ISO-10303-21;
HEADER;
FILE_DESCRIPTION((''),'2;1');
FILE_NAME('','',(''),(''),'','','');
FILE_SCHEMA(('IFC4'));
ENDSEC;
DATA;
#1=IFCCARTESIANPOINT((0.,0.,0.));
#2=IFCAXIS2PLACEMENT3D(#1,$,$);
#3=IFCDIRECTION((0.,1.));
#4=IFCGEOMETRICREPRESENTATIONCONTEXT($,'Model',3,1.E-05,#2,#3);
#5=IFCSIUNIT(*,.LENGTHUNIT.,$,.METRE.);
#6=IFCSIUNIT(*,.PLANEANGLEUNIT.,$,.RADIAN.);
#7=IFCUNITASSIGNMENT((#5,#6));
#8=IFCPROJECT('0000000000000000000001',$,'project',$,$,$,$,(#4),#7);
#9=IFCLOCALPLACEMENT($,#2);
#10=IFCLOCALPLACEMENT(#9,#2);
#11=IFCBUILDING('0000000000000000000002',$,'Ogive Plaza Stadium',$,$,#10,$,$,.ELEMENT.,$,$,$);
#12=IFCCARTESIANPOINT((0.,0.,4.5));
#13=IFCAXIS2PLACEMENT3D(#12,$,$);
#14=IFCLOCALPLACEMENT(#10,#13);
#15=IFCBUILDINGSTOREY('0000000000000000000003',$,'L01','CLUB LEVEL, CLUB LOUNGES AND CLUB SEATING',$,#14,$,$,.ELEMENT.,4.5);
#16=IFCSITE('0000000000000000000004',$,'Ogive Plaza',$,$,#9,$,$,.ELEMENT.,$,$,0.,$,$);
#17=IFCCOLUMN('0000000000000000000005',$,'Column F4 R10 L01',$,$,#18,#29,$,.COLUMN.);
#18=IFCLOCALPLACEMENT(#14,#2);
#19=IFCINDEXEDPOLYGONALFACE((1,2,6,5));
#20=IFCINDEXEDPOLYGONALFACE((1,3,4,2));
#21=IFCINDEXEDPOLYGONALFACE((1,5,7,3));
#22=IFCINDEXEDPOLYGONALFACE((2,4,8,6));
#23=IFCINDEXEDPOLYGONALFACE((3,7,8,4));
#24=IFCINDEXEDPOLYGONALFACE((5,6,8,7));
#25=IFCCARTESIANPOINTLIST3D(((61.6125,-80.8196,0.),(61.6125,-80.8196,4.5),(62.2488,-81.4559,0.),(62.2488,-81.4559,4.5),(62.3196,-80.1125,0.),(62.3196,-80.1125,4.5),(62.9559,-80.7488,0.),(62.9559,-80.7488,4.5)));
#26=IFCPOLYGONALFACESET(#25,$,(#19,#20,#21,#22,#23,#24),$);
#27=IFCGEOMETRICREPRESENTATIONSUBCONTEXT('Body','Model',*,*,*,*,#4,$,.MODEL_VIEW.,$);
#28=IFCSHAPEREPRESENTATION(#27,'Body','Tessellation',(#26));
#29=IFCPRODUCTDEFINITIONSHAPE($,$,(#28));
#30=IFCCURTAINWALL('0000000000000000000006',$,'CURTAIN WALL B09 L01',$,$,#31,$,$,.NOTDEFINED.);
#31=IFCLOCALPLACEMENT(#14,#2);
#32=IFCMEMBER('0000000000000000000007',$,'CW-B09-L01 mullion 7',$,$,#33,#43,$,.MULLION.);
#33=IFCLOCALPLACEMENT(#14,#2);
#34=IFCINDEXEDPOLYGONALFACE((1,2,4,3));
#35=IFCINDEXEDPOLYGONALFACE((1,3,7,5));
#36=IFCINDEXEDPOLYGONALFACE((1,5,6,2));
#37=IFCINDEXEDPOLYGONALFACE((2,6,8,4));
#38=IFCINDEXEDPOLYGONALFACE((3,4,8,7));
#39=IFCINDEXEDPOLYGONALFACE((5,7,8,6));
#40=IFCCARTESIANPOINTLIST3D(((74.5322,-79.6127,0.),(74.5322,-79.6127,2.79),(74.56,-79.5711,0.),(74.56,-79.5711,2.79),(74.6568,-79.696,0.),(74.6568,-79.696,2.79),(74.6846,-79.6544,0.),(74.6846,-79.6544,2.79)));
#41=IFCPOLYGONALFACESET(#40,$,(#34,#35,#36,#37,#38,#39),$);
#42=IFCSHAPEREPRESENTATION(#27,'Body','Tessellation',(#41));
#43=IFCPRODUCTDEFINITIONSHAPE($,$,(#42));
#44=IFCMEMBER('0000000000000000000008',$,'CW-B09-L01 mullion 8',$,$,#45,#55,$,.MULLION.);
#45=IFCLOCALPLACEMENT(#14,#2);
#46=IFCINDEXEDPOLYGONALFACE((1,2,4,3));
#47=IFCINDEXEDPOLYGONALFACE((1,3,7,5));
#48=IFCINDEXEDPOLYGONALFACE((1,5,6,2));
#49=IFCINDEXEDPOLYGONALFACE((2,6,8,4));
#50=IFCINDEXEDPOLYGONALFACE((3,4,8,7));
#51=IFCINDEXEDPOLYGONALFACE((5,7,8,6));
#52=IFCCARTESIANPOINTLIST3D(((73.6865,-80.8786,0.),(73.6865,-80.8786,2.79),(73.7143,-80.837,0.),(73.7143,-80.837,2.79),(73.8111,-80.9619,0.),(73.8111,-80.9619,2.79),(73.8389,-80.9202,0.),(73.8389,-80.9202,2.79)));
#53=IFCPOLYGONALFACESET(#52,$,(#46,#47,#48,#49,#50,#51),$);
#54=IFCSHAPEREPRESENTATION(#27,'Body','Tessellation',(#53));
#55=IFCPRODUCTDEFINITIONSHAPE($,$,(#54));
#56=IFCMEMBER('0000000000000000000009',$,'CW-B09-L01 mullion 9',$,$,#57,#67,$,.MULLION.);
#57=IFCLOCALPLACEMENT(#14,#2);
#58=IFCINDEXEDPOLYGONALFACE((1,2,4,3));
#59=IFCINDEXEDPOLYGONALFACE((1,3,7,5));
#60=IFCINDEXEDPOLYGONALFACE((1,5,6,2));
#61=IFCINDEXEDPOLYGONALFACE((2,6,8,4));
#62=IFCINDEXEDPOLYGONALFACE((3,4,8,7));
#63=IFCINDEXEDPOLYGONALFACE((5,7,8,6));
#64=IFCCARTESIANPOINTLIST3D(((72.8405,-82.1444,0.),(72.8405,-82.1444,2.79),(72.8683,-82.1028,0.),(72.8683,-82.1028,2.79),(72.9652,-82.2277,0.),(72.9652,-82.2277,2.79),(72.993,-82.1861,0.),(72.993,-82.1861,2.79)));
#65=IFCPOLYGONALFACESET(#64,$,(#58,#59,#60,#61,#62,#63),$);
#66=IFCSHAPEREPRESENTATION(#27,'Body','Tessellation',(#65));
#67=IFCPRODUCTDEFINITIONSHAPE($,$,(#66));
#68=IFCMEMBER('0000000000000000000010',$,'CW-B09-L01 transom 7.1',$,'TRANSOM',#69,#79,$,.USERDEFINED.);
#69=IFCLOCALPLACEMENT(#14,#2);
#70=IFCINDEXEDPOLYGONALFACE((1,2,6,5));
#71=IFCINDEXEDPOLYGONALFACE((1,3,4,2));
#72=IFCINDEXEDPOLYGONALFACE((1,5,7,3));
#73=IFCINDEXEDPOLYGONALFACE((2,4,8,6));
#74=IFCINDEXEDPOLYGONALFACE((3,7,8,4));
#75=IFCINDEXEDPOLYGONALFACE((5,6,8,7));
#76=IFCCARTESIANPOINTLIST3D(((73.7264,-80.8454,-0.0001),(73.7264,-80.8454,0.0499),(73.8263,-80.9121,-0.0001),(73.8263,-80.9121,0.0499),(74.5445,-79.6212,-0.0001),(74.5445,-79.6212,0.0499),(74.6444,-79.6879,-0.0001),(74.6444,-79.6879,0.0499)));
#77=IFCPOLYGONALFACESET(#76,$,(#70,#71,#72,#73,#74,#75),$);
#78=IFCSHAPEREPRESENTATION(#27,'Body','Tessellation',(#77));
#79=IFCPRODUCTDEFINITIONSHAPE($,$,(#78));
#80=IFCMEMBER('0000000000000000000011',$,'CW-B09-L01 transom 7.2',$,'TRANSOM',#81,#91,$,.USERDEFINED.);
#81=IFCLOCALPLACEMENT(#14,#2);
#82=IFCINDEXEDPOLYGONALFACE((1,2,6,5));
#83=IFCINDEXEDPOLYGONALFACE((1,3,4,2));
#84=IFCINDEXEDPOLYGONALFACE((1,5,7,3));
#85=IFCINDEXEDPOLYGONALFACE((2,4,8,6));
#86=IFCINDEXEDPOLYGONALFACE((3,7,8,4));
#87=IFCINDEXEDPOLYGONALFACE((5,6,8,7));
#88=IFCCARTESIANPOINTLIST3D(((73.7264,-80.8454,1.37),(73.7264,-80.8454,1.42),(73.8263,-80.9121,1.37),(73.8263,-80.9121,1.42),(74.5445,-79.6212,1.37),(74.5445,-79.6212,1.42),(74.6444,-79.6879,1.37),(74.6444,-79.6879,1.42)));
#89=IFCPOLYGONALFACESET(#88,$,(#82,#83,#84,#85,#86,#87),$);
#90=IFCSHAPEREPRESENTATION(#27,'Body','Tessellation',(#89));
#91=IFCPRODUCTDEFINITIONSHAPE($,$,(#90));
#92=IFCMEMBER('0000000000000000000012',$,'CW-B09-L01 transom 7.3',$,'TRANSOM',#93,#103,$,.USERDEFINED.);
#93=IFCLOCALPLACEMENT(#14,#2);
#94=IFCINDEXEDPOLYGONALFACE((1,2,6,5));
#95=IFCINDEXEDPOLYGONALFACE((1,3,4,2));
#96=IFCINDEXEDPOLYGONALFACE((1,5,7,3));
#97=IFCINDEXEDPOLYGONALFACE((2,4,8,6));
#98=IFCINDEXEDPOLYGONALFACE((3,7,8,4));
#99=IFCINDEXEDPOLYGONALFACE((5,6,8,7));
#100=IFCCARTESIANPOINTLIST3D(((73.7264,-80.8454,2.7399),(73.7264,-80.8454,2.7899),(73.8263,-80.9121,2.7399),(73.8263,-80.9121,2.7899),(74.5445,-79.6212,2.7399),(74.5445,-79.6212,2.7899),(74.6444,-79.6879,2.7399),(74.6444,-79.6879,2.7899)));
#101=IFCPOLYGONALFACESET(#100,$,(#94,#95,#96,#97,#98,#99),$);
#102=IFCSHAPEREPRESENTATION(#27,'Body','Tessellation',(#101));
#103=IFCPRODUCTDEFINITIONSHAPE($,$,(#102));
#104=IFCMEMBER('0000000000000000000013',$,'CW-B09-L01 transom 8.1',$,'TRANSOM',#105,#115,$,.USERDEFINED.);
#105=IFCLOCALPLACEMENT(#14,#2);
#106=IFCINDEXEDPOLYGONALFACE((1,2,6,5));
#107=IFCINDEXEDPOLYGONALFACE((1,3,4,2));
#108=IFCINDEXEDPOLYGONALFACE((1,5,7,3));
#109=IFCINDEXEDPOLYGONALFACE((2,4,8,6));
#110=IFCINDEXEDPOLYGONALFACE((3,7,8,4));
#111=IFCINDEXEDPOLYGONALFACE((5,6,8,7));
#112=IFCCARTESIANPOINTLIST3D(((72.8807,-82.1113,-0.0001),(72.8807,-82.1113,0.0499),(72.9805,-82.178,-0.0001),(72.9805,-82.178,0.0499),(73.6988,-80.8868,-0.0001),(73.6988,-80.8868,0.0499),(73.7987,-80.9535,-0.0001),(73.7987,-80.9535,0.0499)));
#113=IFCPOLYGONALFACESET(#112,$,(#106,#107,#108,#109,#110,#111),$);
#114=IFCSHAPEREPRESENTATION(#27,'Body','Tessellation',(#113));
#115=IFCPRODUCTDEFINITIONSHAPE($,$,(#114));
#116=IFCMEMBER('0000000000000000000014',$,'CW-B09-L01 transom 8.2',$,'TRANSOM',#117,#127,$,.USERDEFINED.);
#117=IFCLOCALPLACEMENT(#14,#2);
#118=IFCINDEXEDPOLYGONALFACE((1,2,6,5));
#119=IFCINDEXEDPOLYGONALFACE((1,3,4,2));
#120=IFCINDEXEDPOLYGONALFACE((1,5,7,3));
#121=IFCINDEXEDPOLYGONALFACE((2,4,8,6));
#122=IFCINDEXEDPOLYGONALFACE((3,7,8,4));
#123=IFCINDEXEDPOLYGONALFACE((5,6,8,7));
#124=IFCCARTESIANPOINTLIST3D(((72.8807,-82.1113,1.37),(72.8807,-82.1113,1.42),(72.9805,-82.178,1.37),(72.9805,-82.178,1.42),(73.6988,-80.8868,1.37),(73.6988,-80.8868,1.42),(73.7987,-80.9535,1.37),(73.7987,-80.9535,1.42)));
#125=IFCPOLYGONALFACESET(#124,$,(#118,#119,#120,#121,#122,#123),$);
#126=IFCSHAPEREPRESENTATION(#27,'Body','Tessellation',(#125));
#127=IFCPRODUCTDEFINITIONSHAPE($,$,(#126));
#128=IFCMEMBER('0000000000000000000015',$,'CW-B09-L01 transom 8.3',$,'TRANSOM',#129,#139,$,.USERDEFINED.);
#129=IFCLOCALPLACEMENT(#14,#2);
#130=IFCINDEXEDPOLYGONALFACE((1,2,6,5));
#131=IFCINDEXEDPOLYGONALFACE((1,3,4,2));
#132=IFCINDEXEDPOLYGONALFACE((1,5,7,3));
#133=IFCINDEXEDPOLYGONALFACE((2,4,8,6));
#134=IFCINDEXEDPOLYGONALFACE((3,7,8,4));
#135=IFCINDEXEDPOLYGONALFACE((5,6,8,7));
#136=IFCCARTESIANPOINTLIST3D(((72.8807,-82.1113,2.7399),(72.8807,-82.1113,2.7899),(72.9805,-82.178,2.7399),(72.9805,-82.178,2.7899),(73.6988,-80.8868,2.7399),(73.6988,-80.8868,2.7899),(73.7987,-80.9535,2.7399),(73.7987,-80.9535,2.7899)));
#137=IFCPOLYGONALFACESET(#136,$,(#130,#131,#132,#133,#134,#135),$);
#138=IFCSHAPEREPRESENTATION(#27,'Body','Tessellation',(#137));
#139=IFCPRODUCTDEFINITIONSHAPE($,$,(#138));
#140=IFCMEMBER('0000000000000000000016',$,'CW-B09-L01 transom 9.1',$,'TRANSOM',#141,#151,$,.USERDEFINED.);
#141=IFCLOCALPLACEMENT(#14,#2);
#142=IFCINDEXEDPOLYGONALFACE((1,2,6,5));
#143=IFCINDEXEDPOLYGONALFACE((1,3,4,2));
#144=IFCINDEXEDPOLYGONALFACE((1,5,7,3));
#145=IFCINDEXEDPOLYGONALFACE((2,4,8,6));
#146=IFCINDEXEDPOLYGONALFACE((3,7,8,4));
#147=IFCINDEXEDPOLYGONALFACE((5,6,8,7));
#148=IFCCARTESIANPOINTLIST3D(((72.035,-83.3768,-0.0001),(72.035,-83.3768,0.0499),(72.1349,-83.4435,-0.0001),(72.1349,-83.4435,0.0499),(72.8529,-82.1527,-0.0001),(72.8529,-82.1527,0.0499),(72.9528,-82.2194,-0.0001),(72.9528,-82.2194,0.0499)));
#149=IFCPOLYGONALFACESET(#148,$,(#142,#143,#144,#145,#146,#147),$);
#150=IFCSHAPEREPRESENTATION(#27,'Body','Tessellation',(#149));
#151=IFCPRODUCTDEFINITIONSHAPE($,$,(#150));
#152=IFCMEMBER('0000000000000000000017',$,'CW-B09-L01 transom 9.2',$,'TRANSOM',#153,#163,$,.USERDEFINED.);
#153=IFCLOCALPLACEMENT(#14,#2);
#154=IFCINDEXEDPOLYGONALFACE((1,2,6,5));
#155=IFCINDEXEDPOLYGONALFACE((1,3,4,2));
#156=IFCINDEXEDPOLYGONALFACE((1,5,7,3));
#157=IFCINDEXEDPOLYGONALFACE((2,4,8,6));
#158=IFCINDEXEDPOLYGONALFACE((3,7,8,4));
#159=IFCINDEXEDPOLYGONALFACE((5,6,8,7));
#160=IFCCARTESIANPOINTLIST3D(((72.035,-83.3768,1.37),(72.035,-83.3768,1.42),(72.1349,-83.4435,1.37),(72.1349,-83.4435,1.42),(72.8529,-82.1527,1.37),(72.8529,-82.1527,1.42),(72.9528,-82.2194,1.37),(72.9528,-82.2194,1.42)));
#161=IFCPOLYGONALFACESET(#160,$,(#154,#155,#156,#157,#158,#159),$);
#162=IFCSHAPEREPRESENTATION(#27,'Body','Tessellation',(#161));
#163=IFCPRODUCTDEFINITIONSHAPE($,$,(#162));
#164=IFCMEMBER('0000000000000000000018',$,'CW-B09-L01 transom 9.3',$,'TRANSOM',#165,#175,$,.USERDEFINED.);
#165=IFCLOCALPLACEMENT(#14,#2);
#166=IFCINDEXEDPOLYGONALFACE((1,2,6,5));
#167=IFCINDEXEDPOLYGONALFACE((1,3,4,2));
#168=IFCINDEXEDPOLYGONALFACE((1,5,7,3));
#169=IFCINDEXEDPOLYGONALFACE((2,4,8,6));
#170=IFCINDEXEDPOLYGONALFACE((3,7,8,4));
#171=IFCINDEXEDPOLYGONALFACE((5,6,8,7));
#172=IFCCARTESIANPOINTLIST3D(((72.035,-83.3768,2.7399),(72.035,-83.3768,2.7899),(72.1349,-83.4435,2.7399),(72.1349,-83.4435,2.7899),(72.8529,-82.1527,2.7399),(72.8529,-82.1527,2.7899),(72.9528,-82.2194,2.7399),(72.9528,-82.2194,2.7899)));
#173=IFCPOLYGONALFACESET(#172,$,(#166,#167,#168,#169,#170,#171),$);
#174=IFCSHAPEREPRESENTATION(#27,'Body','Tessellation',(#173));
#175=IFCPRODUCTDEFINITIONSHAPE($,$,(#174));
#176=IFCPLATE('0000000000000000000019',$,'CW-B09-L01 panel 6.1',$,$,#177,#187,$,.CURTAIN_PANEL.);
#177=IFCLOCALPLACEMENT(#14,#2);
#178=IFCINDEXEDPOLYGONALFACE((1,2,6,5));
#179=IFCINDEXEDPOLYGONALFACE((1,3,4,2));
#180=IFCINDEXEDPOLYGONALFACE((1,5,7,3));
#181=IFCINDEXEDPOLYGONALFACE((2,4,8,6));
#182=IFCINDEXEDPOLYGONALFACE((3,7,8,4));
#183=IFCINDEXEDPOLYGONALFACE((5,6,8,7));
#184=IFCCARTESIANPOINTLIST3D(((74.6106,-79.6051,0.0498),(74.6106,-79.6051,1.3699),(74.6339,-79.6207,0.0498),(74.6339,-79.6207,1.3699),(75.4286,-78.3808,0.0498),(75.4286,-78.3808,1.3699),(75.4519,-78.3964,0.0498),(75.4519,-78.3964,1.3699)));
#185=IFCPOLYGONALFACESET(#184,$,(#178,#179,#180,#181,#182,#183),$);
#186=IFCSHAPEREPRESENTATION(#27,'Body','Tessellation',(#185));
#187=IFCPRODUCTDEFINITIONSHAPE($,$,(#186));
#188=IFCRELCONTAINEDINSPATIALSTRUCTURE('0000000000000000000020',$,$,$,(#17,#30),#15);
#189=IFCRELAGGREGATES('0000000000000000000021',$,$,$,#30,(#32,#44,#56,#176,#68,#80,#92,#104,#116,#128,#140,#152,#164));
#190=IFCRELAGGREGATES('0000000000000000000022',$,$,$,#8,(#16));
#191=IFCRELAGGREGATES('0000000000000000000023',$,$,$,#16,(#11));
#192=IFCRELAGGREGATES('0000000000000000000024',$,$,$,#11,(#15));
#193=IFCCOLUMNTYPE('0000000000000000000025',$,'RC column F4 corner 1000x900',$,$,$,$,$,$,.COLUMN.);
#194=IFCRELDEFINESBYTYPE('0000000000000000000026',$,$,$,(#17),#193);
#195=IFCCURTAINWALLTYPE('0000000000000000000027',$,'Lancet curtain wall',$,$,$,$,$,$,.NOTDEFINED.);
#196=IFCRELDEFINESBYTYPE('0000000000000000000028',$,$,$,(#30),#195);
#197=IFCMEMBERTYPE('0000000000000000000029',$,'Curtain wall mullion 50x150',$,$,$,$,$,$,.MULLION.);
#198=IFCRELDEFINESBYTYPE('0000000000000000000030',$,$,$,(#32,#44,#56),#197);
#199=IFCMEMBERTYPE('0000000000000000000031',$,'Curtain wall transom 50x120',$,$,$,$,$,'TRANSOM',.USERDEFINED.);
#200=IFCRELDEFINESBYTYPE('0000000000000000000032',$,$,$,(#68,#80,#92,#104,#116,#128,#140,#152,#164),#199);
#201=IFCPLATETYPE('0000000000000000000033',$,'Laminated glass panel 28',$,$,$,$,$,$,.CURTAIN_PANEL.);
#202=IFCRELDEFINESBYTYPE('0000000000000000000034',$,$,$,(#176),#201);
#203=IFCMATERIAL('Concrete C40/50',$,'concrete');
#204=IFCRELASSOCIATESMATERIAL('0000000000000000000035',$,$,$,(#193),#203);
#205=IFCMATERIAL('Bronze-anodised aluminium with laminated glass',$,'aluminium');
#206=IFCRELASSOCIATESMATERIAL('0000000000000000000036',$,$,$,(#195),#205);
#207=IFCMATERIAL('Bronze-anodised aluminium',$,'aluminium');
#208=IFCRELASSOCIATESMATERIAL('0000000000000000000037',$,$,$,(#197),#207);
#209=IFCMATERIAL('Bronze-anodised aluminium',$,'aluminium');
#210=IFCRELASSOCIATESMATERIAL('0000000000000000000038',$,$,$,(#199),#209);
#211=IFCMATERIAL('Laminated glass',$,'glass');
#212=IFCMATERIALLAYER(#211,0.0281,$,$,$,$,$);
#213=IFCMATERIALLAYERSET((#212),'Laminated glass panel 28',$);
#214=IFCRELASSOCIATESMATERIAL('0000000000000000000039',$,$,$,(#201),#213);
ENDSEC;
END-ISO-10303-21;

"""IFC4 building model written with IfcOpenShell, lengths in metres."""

from ifc_helpers import new_model, si_unit, direction, frame, origin, origin_2d, place, context, subcontext, project, spatial, rectangle, extrude, material, layer, layer_set, material_profile, profile_set, type_object, element, aggregate, save


model = new_model("IFC4")

# Units and contexts
model_context = context("Model", 3, precision=1e-05, world=origin(), true_north=direction((0.0, 1.0)))
body_context = subcontext(model_context, "Body", "Model", "MODEL_VIEW")
ifc_project = project(units=[si_unit("LENGTHUNIT", "METRE"), si_unit("PLANEANGLEUNIT", "RADIAN")], contexts=[model_context])

# Site, building, storey
site_placement = place(None, origin())
site = spatial("IfcSite", under=ifc_project, at=site_placement, Name="Ogive Plaza", CompositionType="ELEMENT", RefElevation=0.0)
building_placement = place(site_placement, origin())
building = spatial("IfcBuilding", under=site, at=building_placement, Name="Ogive Plaza Stadium", CompositionType="ELEMENT")
storey_placement = place(building_placement, frame((0.0, 0.0, 4.5)))
storey = spatial("IfcBuildingStorey", under=building, at=storey_placement, Name="L01", Description="CLUB LEVEL, CLUB LOUNGES AND CLUB SEATING", CompositionType="ELEMENT", Elevation=4.5)

# Column
ifc_material_1 = material(Name="Concrete C40/50", Category="concrete")
ifc_material_profile_1 = material_profile(ifc_material_1, rectangle(XDim=1.0, YDim=0.8999, at=origin_2d()), Name="RC 1000x900")
ifc_profile_set_1 = profile_set([ifc_material_profile_1], Name="Concrete C40/50")
column_type = type_object("IfcColumnType", Name="RC column F4 corner 1000x900", PredefinedType="COLUMN", material=ifc_profile_set_1)
column_placement = place(storey_placement, frame((62.2842, -80.7842, 0.0), z_axis=(0.0, 0.0, 1.0), x_axis=(0.707107, 0.707107, 0.0)))
element("IfcColumn", 1, at=column_placement, inside=storey, type_object=column_type, Name="Column F4 R10 L01", PredefinedType="COLUMN", context=body_context, shape_type="SweptSolid", body=[
    extrude(rectangle(XDim=1.0, YDim=0.8999, at=origin_2d()), origin(), (0.0, 0.0, 1.0), 4.5),
])

# Curtain wall, members, plate
ifc_material_2 = material(Name="Bronze-anodised aluminium with laminated glass", Category="aluminium")
curtain_wall_type = type_object("IfcCurtainWallType", Name="Lancet curtain wall", PredefinedType="NOTDEFINED", material=ifc_material_2)
curtain_wall_placement = place(storey_placement, origin())
curtain_wall = element("IfcCurtainWall", 2, at=curtain_wall_placement, inside=storey, type_object=curtain_wall_type, Name="CURTAIN WALL B09 L01", PredefinedType="NOTDEFINED")
ifc_material_3 = material(Name="Bronze-anodised aluminium", Category="aluminium")
ifc_material_profile_2 = material_profile(ifc_material_3, rectangle(XDim=0.1499, YDim=0.05, at=origin_2d()), Name="AL 150x50")
ifc_profile_set_2 = profile_set([ifc_material_profile_2], Name="Bronze-anodised aluminium")
member_type_1 = type_object("IfcMemberType", Name="Curtain wall mullion 50x150", PredefinedType="MULLION", material=ifc_profile_set_2)
member_1_placement = place(storey_placement, frame((74.6084, -79.6335, 0.0), z_axis=(0.0, 0.0, 1.0), x_axis=(0.83147, -0.55557, 0.0)))
member_1 = element("IfcMember", 3, at=member_1_placement, type_object=member_type_1, Name="CW-B09-L01 mullion 7", PredefinedType="MULLION", context=body_context, shape_type="SweptSolid", body=[
    extrude(rectangle(XDim=0.1499, YDim=0.05, at=origin_2d()), origin(), (0.0, 0.0, 1.0), 2.79),
])
member_2_placement = place(storey_placement, frame((73.7627, -80.8994, 0.0), z_axis=(0.0, 0.0, 1.0), x_axis=(0.83147, -0.55557, 0.0)))
member_2 = element("IfcMember", 4, at=member_2_placement, type_object=member_type_1, Name="CW-B09-L01 mullion 8", PredefinedType="MULLION", context=body_context, shape_type="SweptSolid", body=[
    extrude(rectangle(XDim=0.1499, YDim=0.05, at=origin_2d()), origin(), (0.0, 0.0, 1.0), 2.79),
])
member_3_placement = place(storey_placement, frame((72.9167, -82.1653, 0.0), z_axis=(0.0, 0.0, 1.0), x_axis=(0.83147, -0.55557, 0.0)))
member_3 = element("IfcMember", 5, at=member_3_placement, type_object=member_type_1, Name="CW-B09-L01 mullion 9", PredefinedType="MULLION", context=body_context, shape_type="SweptSolid", body=[
    extrude(rectangle(XDim=0.1499, YDim=0.05, at=origin_2d()), origin(), (0.0, 0.0, 1.0), 2.79),
])
ifc_material_4 = material(Name="Bronze-anodised aluminium", Category="aluminium")
ifc_material_profile_3 = material_profile(ifc_material_4, rectangle(XDim=0.1201, YDim=0.05, at=origin_2d()), Name="AL 120x50")
ifc_profile_set_3 = profile_set([ifc_material_profile_3], Name="Bronze-anodised aluminium")
member_type_2 = type_object("IfcMemberType", Name="Curtain wall transom 50x120", ElementType="TRANSOM", PredefinedType="USERDEFINED", material=ifc_profile_set_3)
member_4_placement = place(storey_placement, frame((74.5945, -79.6545, 0.0249), z_axis=(-0.555656, -0.831412, 0.0), x_axis=(0.831412, -0.555656, 0.0)))
member_4 = element("IfcMember", 6, at=member_4_placement, type_object=member_type_2, Name="CW-B09-L01 transom 7.1", ObjectType="TRANSOM", PredefinedType="USERDEFINED", context=body_context, shape_type="SweptSolid", body=[
    extrude(rectangle(XDim=0.1201, YDim=0.05, at=origin_2d()), origin(), (0.0, 0.0, 1.0), 1.4724),
])
member_5_placement = place(storey_placement, frame((74.5945, -79.6545, 1.395), z_axis=(-0.555656, -0.831412, 0.0), x_axis=(0.831412, -0.555656, 0.0)))
member_5 = element("IfcMember", 7, at=member_5_placement, type_object=member_type_2, Name="CW-B09-L01 transom 7.2", ObjectType="TRANSOM", PredefinedType="USERDEFINED", context=body_context, shape_type="SweptSolid", body=[
    extrude(rectangle(XDim=0.1201, YDim=0.05, at=origin_2d()), origin(), (0.0, 0.0, 1.0), 1.4724),
])
member_6_placement = place(storey_placement, frame((74.5945, -79.6545, 2.7649), z_axis=(-0.555656, -0.831412, 0.0), x_axis=(0.831412, -0.555656, 0.0)))
member_6 = element("IfcMember", 8, at=member_6_placement, type_object=member_type_2, Name="CW-B09-L01 transom 7.3", ObjectType="TRANSOM", PredefinedType="USERDEFINED", context=body_context, shape_type="SweptSolid", body=[
    extrude(rectangle(XDim=0.1201, YDim=0.05, at=origin_2d()), origin(), (0.0, 0.0, 1.0), 1.4724),
])
member_7_placement = place(storey_placement, frame((73.7488, -80.9202, 0.0249), z_axis=(-0.55558, -0.831463, 0.0), x_axis=(0.831463, -0.55558, 0.0)))
member_7 = element("IfcMember", 9, at=member_7_placement, type_object=member_type_2, Name="CW-B09-L01 transom 8.1", ObjectType="TRANSOM", PredefinedType="USERDEFINED", context=body_context, shape_type="SweptSolid", body=[
    extrude(rectangle(XDim=0.1201, YDim=0.05, at=origin_2d()), origin(), (0.0, 0.0, 1.0), 1.4727),
])
member_8_placement = place(storey_placement, frame((73.7488, -80.9202, 1.395), z_axis=(-0.55558, -0.831463, 0.0), x_axis=(0.831463, -0.55558, 0.0)))
member_8 = element("IfcMember", 10, at=member_8_placement, type_object=member_type_2, Name="CW-B09-L01 transom 8.2", ObjectType="TRANSOM", PredefinedType="USERDEFINED", context=body_context, shape_type="SweptSolid", body=[
    extrude(rectangle(XDim=0.1201, YDim=0.05, at=origin_2d()), origin(), (0.0, 0.0, 1.0), 1.4727),
])
member_9_placement = place(storey_placement, frame((73.7488, -80.9202, 2.7649), z_axis=(-0.55558, -0.831463, 0.0), x_axis=(0.831463, -0.55558, 0.0)))
member_9 = element("IfcMember", 11, at=member_9_placement, type_object=member_type_2, Name="CW-B09-L01 transom 8.3", ObjectType="TRANSOM", PredefinedType="USERDEFINED", context=body_context, shape_type="SweptSolid", body=[
    extrude(rectangle(XDim=0.1201, YDim=0.05, at=origin_2d()), origin(), (0.0, 0.0, 1.0), 1.4727),
])
member_10_placement = place(storey_placement, frame((72.9028, -82.186, 0.0249), z_axis=(-0.555542, -0.831489, 0.0), x_axis=(0.831489, -0.555542, 0.0)))
member_10 = element("IfcMember", 12, at=member_10_placement, type_object=member_type_2, Name="CW-B09-L01 transom 9.1", ObjectType="TRANSOM", PredefinedType="USERDEFINED", context=body_context, shape_type="SweptSolid", body=[
    extrude(rectangle(XDim=0.1201, YDim=0.05, at=origin_2d()), origin(), (0.0, 0.0, 1.0), 1.4722),
])
member_11_placement = place(storey_placement, frame((72.9028, -82.186, 1.395), z_axis=(-0.555542, -0.831489, 0.0), x_axis=(0.831489, -0.555542, 0.0)))
member_11 = element("IfcMember", 13, at=member_11_placement, type_object=member_type_2, Name="CW-B09-L01 transom 9.2", ObjectType="TRANSOM", PredefinedType="USERDEFINED", context=body_context, shape_type="SweptSolid", body=[
    extrude(rectangle(XDim=0.1201, YDim=0.05, at=origin_2d()), origin(), (0.0, 0.0, 1.0), 1.4722),
])
member_12_placement = place(storey_placement, frame((72.9028, -82.186, 2.7649), z_axis=(-0.555542, -0.831489, 0.0), x_axis=(0.831489, -0.555542, 0.0)))
member_12 = element("IfcMember", 14, at=member_12_placement, type_object=member_type_2, Name="CW-B09-L01 transom 9.3", ObjectType="TRANSOM", PredefinedType="USERDEFINED", context=body_context, shape_type="SweptSolid", body=[
    extrude(rectangle(XDim=0.1201, YDim=0.05, at=origin_2d()), origin(), (0.0, 0.0, 1.0), 1.4722),
])
ifc_material_5 = material(Name="Laminated glass", Category="glass")
ifc_layer_1 = layer(ifc_material_5, 0.0281)
ifc_layer_set_1 = layer_set([ifc_layer_1], Name="Laminated glass panel 28")
plate_type = type_object("IfcPlateType", Name="Laminated glass panel 28", PredefinedType="CURTAIN_PANEL", material=ifc_layer_set_1)
plate_1_placement = place(storey_placement, frame((75.0312, -79.0007, 0.0498), z_axis=(0.0, 0.0, 1.0), x_axis=(-0.55557, -0.83147, 0.0)))
plate_1 = element("IfcPlate", 15, at=plate_1_placement, type_object=plate_type, Name="CW-B09-L01 panel 6.1", PredefinedType="CURTAIN_PANEL", context=body_context, shape_type="SweptSolid", body=[
    extrude(rectangle(XDim=1.4724, YDim=0.0281, at=origin_2d()), origin(), (0.0, 0.0, 1.0), 1.3201),
])
aggregate(curtain_wall, [member_1, member_2, member_3, plate_1, member_4, member_5, member_6, member_7, member_8, member_9, member_10, member_11, member_12])

save(model, "model.ifc")
